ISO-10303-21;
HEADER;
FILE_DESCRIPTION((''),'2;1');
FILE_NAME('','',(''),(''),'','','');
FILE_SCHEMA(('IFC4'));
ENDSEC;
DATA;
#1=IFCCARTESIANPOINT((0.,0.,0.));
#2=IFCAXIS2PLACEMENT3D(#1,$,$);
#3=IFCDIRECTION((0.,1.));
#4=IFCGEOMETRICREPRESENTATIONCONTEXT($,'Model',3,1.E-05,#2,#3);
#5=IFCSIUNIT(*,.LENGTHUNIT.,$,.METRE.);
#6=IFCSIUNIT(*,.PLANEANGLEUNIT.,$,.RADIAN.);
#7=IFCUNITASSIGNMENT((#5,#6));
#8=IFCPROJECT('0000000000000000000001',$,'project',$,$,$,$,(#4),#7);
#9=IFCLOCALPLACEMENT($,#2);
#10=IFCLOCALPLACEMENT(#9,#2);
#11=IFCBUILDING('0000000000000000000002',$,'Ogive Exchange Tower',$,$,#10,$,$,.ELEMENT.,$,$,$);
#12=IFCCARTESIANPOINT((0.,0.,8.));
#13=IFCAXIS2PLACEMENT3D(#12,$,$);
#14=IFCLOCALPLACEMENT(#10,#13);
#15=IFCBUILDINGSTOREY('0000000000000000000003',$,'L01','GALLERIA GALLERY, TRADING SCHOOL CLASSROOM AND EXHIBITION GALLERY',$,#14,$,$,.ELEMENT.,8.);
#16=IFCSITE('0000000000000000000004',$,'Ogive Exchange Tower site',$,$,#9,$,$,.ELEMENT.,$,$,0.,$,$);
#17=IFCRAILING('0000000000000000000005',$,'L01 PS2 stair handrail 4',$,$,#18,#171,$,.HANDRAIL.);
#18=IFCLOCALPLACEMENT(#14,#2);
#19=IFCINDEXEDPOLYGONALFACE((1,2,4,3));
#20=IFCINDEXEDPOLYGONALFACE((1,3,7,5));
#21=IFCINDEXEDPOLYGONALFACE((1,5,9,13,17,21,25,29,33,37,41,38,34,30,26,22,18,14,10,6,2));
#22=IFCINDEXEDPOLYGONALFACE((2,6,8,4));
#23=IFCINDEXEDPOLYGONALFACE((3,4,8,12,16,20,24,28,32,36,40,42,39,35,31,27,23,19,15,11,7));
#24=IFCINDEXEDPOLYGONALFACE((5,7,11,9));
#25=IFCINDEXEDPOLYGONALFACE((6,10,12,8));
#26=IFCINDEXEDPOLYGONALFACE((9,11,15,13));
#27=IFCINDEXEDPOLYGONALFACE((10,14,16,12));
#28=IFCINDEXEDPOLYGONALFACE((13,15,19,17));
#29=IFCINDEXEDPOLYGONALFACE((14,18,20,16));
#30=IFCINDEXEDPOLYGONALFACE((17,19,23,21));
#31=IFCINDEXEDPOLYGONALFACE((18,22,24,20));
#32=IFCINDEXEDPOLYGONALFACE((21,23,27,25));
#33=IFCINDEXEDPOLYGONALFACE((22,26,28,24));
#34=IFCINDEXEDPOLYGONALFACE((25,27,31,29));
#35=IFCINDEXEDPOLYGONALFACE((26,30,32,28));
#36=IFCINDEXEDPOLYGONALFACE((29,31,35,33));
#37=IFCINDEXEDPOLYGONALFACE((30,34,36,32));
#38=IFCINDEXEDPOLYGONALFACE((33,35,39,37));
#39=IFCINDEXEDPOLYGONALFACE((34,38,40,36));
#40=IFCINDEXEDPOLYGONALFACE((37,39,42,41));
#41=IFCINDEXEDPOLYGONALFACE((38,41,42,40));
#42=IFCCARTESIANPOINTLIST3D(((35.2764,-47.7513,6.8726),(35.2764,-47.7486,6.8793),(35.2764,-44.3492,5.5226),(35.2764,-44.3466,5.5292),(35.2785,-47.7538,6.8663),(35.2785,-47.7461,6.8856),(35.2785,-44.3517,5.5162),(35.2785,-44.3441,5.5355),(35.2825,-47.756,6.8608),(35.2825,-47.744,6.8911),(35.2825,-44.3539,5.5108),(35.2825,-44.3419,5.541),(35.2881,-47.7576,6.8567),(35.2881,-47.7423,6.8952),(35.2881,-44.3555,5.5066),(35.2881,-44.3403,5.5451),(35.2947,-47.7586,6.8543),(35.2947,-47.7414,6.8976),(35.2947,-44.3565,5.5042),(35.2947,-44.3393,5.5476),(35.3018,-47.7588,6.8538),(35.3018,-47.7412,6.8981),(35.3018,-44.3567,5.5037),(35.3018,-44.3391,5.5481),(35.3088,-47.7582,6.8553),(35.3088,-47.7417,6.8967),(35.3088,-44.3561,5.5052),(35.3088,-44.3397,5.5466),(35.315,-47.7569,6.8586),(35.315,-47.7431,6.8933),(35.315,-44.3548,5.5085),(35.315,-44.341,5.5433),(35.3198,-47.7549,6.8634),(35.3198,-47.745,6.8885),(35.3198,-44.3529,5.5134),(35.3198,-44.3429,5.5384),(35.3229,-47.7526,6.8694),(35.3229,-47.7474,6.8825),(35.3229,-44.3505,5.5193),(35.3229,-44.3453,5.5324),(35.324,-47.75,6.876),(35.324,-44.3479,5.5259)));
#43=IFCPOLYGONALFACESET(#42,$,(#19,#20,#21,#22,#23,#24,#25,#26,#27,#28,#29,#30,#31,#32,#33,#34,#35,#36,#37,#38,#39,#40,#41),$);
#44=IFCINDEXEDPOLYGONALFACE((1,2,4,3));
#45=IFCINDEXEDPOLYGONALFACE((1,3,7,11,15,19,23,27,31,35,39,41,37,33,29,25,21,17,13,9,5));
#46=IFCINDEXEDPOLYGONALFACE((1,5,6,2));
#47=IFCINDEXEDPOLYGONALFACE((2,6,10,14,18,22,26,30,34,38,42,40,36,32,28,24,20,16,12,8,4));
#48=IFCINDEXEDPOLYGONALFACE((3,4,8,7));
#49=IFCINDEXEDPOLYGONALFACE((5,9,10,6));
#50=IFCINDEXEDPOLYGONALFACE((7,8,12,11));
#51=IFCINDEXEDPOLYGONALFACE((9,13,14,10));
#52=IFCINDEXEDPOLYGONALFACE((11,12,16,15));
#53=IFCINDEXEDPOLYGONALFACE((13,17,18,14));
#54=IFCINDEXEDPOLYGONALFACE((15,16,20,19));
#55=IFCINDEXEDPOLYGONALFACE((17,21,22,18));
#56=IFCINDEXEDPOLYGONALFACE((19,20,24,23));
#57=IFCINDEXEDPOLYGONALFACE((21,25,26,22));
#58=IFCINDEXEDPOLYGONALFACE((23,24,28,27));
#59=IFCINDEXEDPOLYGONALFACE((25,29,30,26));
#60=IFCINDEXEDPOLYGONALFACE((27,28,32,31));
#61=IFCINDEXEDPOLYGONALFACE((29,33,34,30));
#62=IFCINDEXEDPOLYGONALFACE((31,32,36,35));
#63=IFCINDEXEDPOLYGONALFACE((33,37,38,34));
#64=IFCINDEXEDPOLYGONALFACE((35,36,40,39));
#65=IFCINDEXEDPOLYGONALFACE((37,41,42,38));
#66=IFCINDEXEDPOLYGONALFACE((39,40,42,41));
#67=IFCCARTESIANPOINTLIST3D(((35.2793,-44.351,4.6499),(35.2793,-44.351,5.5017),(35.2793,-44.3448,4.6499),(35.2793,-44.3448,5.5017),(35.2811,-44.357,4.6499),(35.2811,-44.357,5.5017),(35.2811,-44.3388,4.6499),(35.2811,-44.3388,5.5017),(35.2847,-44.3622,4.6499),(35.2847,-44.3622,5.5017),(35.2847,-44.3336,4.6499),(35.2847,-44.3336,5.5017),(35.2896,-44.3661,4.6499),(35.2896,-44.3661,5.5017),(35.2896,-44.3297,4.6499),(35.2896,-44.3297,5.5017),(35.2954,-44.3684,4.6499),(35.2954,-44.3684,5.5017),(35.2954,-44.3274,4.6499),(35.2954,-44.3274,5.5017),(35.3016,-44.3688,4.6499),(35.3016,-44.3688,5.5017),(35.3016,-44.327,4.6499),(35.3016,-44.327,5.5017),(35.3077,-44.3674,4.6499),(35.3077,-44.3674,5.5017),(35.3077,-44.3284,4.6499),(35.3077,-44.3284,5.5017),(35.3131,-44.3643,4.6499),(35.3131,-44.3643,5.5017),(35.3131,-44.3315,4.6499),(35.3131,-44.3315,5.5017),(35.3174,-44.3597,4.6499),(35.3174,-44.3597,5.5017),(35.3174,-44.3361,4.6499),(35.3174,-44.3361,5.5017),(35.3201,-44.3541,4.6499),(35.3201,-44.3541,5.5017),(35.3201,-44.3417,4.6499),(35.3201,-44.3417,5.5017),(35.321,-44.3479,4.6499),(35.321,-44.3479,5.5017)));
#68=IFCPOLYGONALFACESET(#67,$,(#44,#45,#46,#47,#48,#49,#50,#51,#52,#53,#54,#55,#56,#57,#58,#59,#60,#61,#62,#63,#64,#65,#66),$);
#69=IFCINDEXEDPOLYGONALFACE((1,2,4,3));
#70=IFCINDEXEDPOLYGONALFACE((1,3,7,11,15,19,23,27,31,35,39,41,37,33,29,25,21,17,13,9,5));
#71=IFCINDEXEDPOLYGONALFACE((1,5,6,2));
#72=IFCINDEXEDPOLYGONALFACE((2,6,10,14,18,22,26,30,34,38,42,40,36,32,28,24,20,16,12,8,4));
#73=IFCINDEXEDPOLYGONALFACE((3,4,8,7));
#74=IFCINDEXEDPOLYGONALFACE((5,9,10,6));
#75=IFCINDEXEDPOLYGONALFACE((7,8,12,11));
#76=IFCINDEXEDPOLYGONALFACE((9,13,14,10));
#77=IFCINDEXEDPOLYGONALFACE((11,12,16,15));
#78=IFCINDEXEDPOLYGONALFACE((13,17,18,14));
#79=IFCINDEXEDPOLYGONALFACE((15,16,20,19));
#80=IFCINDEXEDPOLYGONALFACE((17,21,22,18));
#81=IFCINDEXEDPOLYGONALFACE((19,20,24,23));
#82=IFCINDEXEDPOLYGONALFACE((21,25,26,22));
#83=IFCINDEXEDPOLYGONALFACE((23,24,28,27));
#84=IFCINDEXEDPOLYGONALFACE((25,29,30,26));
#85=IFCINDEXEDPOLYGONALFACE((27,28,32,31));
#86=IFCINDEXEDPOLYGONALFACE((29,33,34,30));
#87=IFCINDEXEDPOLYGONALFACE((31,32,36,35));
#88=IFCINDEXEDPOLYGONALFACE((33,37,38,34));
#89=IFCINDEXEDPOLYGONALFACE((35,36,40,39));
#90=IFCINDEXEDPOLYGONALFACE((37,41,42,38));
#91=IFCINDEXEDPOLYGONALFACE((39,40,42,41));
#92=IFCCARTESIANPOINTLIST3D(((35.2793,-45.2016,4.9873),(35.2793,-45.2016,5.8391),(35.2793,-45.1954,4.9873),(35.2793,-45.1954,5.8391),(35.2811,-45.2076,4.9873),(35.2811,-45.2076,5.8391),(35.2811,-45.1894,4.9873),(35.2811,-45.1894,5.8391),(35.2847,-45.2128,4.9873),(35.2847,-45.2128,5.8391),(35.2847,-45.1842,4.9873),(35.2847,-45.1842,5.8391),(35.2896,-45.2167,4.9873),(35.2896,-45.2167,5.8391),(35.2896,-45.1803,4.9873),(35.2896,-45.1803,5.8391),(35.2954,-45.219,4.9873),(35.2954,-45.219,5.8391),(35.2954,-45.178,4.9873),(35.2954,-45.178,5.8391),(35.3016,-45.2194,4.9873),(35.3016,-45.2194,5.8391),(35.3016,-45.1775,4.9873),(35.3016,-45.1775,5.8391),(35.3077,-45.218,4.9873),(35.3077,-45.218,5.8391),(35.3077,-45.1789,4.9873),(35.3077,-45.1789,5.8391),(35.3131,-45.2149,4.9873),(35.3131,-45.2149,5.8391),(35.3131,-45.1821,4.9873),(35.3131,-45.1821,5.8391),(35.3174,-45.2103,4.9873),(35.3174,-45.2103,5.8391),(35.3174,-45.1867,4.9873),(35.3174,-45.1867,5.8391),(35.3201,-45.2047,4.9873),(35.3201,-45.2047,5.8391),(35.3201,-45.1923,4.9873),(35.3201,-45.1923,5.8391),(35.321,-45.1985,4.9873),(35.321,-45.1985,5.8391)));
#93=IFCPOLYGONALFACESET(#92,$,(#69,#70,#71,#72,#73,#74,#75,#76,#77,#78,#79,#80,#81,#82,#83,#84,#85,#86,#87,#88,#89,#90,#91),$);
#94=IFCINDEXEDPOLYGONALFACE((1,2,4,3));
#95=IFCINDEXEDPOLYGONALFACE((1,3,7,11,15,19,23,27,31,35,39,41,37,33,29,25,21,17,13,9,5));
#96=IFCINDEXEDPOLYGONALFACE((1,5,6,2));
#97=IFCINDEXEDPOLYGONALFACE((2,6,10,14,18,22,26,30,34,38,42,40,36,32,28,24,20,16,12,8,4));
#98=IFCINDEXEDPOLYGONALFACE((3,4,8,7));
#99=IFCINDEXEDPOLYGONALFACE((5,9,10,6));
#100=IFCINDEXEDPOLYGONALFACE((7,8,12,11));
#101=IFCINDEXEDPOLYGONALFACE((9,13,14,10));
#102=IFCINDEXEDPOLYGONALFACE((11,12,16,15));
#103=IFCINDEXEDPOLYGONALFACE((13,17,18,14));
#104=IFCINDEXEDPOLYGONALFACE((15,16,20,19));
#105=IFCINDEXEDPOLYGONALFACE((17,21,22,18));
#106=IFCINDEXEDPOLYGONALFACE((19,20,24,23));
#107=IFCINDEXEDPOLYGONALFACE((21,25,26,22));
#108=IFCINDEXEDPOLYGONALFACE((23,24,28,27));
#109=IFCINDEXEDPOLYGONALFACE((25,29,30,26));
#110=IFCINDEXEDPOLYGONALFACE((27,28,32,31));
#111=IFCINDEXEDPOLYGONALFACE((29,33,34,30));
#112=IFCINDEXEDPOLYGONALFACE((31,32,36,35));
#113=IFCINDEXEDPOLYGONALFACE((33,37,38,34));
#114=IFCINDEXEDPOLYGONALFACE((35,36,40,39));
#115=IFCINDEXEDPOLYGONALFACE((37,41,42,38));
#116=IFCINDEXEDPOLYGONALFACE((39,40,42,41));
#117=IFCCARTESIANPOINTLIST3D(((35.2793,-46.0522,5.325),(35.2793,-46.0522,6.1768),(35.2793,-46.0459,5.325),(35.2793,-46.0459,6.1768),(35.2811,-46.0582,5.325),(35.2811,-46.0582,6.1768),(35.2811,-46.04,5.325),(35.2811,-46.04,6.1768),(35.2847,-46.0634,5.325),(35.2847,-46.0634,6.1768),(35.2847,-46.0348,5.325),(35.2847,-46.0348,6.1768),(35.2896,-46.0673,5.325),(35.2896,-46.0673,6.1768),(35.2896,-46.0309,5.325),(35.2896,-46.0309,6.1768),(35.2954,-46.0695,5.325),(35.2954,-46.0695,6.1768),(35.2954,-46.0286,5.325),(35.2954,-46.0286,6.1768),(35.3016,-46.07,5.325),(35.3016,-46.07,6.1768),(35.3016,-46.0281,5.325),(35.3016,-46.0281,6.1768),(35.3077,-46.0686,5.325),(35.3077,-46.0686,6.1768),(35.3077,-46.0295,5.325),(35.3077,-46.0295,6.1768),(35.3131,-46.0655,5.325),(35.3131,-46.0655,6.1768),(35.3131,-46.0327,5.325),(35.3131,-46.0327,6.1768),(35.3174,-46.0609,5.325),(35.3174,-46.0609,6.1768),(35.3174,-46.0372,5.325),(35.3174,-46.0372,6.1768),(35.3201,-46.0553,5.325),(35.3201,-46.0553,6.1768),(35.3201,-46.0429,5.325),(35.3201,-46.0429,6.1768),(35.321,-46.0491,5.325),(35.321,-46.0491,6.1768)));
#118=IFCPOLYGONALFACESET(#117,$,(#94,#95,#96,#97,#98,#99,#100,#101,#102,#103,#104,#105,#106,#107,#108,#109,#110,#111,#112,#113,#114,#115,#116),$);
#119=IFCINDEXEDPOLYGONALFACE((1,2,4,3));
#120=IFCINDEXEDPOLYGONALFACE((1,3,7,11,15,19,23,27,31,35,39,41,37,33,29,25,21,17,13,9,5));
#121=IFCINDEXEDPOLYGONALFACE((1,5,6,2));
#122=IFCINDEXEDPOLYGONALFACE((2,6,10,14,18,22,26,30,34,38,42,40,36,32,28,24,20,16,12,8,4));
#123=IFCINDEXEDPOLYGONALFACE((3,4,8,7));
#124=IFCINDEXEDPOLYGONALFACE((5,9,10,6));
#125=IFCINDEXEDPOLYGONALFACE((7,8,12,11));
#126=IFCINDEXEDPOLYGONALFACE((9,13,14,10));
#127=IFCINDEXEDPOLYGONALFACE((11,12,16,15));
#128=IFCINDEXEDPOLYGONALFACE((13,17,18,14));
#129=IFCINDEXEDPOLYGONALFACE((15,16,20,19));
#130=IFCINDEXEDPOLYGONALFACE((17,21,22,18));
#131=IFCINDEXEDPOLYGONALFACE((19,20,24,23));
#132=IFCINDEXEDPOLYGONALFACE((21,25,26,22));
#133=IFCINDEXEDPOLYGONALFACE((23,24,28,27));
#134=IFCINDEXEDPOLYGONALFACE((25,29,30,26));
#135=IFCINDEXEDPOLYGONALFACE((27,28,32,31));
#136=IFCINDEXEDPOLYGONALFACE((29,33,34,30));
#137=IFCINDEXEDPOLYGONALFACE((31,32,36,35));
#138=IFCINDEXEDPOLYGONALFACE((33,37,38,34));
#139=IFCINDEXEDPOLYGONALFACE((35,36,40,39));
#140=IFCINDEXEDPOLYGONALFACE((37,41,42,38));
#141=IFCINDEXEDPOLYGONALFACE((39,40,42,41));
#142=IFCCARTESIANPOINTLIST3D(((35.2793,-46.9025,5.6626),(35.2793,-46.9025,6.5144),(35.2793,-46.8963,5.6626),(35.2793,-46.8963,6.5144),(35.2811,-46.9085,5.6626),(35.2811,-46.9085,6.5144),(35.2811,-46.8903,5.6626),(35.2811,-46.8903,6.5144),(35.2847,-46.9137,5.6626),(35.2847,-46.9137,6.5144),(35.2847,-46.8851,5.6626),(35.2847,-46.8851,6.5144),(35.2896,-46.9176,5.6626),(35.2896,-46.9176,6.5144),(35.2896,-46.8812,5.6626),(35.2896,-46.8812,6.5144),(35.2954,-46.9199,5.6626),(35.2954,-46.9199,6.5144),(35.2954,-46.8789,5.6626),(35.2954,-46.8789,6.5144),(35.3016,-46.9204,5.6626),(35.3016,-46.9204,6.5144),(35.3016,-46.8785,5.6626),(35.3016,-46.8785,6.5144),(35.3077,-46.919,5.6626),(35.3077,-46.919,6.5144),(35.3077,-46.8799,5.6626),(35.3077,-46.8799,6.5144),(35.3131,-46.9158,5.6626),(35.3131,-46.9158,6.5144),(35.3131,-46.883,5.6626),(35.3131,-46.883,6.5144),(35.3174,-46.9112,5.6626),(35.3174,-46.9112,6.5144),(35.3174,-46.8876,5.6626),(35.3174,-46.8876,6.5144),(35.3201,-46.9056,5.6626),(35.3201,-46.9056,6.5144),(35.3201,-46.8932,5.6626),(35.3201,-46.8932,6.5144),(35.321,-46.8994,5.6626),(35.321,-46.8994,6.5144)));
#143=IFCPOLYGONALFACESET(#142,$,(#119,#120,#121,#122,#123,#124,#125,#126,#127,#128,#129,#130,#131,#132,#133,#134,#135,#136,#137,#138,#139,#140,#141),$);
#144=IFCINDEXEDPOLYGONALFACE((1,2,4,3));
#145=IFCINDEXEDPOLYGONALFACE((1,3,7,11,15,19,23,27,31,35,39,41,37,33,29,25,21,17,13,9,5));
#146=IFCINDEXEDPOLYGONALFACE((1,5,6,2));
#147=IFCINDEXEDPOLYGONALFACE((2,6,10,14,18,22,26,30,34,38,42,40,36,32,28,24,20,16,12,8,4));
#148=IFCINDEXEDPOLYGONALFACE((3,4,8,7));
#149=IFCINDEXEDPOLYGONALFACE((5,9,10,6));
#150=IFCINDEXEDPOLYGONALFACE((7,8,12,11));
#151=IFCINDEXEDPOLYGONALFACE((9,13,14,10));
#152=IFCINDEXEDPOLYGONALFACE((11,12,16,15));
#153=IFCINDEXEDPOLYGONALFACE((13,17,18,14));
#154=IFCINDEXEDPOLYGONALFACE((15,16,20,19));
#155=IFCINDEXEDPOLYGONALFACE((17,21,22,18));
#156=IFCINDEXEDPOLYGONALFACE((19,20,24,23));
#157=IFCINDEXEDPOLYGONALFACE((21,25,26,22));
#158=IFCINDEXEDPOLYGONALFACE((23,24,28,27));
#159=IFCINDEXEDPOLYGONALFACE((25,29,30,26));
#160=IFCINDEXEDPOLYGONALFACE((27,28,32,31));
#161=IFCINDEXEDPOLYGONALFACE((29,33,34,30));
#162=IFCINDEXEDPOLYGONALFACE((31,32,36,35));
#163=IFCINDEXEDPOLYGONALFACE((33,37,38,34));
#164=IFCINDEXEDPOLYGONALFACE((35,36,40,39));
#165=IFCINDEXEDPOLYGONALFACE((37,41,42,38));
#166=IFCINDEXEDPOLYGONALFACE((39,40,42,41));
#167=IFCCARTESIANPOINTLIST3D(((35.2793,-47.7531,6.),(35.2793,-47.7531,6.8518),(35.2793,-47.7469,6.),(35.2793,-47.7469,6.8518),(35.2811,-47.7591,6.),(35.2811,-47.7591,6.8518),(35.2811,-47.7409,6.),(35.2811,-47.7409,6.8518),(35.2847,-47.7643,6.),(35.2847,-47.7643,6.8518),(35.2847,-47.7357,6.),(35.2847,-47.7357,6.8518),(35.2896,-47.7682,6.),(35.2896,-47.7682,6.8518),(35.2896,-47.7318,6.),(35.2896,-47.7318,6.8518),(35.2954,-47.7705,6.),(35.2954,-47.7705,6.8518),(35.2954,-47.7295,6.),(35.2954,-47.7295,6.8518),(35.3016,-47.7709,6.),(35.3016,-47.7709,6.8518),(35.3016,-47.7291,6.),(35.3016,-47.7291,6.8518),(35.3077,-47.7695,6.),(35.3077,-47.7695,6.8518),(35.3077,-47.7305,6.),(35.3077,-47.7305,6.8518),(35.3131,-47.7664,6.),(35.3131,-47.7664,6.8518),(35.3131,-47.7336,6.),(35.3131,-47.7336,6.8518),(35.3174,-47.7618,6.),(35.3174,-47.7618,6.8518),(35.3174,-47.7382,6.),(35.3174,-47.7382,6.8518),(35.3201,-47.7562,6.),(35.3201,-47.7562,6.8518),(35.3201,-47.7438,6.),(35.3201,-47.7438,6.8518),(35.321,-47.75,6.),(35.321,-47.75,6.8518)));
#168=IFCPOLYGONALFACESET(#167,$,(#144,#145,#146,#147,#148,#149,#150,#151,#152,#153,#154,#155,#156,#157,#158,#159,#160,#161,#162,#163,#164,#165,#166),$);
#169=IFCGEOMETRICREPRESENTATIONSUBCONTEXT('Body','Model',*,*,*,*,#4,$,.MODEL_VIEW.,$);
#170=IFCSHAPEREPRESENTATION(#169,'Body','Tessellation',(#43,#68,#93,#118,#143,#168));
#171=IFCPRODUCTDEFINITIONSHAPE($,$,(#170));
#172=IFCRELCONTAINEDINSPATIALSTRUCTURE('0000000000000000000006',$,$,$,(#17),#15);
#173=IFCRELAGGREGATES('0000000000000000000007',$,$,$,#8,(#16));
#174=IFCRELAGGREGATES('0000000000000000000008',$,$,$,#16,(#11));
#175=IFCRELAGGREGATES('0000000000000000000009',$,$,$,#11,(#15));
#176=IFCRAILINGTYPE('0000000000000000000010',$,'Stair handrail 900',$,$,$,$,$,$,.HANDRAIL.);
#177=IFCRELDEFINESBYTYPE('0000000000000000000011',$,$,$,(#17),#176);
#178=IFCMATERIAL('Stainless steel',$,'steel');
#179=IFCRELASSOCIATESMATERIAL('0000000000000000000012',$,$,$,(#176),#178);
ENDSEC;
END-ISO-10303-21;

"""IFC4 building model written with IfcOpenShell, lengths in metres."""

from ifc_helpers import new_model, si_unit, direction, frame, origin, origin_2d, place, context, subcontext, project, spatial, circle, extrude, material, type_object, element, save


model = new_model("IFC4")

# Units and contexts
model_context = context("Model", 3, precision=1e-05, world=origin(), true_north=direction((0.0, 1.0)))
body_context = subcontext(model_context, "Body", "Model", "MODEL_VIEW")
ifc_project = project(units=[si_unit("LENGTHUNIT", "METRE"), si_unit("PLANEANGLEUNIT", "RADIAN")], contexts=[model_context])

# Site, building, storey
site_placement = place(None, origin())
site = spatial("IfcSite", under=ifc_project, at=site_placement, Name="Ogive Exchange Tower site", CompositionType="ELEMENT", RefElevation=0.0)
building_placement = place(site_placement, origin())
building = spatial("IfcBuilding", under=site, at=building_placement, Name="Ogive Exchange Tower", CompositionType="ELEMENT")
storey_placement = place(building_placement, frame((0.0, 0.0, 8.0)))
storey = spatial("IfcBuildingStorey", under=building, at=storey_placement, Name="L01", Description="GALLERIA GALLERY, TRADING SCHOOL CLASSROOM AND EXHIBITION GALLERY", CompositionType="ELEMENT", Elevation=8.0)

# Railing
ifc_material_1 = material(Name="Stainless steel", Category="steel")
railing_type = type_object("IfcRailingType", Name="Stair handrail 900", PredefinedType="HANDRAIL", material=ifc_material_1)
railing_1_placement = place(storey_placement, frame((35.3, -44.3479, 4.6499)))
element("IfcRailing", 1, at=railing_1_placement, inside=storey, type_object=railing_type, Name="L01 PS2 stair handrail 4", PredefinedType="HANDRAIL", context=body_context, shape_type="SweptSolid", body=[
    extrude(circle(Radius=0.0239, at=origin_2d()), frame((0.0, 0.0, 0.876), z_axis=(0.0, -0.929485, 0.368859), x_axis=(1.0, 0.0, 0.0)), (0.0, 0.0, 1.0), 3.6602),
    extrude(circle(Radius=0.021, at=origin_2d()), origin(), (0.0, 0.0, 1.0), 0.8518),
    extrude(circle(Radius=0.021, at=origin_2d()), frame((0.0, -0.8506, 0.3374)), (0.0, 0.0, 1.0), 0.8518),
    extrude(circle(Radius=0.021, at=origin_2d()), frame((0.0, -1.7012, 0.675)), (0.0, 0.0, 1.0), 0.8518),
    extrude(circle(Radius=0.021, at=origin_2d()), frame((0.0, -2.5515, 1.0127)), (0.0, 0.0, 1.0), 0.8518),
    extrude(circle(Radius=0.021, at=origin_2d()), frame((0.0, -3.4021, 1.3501)), (0.0, 0.0, 1.0), 0.8518),
])

save(model, "model.ifc")
